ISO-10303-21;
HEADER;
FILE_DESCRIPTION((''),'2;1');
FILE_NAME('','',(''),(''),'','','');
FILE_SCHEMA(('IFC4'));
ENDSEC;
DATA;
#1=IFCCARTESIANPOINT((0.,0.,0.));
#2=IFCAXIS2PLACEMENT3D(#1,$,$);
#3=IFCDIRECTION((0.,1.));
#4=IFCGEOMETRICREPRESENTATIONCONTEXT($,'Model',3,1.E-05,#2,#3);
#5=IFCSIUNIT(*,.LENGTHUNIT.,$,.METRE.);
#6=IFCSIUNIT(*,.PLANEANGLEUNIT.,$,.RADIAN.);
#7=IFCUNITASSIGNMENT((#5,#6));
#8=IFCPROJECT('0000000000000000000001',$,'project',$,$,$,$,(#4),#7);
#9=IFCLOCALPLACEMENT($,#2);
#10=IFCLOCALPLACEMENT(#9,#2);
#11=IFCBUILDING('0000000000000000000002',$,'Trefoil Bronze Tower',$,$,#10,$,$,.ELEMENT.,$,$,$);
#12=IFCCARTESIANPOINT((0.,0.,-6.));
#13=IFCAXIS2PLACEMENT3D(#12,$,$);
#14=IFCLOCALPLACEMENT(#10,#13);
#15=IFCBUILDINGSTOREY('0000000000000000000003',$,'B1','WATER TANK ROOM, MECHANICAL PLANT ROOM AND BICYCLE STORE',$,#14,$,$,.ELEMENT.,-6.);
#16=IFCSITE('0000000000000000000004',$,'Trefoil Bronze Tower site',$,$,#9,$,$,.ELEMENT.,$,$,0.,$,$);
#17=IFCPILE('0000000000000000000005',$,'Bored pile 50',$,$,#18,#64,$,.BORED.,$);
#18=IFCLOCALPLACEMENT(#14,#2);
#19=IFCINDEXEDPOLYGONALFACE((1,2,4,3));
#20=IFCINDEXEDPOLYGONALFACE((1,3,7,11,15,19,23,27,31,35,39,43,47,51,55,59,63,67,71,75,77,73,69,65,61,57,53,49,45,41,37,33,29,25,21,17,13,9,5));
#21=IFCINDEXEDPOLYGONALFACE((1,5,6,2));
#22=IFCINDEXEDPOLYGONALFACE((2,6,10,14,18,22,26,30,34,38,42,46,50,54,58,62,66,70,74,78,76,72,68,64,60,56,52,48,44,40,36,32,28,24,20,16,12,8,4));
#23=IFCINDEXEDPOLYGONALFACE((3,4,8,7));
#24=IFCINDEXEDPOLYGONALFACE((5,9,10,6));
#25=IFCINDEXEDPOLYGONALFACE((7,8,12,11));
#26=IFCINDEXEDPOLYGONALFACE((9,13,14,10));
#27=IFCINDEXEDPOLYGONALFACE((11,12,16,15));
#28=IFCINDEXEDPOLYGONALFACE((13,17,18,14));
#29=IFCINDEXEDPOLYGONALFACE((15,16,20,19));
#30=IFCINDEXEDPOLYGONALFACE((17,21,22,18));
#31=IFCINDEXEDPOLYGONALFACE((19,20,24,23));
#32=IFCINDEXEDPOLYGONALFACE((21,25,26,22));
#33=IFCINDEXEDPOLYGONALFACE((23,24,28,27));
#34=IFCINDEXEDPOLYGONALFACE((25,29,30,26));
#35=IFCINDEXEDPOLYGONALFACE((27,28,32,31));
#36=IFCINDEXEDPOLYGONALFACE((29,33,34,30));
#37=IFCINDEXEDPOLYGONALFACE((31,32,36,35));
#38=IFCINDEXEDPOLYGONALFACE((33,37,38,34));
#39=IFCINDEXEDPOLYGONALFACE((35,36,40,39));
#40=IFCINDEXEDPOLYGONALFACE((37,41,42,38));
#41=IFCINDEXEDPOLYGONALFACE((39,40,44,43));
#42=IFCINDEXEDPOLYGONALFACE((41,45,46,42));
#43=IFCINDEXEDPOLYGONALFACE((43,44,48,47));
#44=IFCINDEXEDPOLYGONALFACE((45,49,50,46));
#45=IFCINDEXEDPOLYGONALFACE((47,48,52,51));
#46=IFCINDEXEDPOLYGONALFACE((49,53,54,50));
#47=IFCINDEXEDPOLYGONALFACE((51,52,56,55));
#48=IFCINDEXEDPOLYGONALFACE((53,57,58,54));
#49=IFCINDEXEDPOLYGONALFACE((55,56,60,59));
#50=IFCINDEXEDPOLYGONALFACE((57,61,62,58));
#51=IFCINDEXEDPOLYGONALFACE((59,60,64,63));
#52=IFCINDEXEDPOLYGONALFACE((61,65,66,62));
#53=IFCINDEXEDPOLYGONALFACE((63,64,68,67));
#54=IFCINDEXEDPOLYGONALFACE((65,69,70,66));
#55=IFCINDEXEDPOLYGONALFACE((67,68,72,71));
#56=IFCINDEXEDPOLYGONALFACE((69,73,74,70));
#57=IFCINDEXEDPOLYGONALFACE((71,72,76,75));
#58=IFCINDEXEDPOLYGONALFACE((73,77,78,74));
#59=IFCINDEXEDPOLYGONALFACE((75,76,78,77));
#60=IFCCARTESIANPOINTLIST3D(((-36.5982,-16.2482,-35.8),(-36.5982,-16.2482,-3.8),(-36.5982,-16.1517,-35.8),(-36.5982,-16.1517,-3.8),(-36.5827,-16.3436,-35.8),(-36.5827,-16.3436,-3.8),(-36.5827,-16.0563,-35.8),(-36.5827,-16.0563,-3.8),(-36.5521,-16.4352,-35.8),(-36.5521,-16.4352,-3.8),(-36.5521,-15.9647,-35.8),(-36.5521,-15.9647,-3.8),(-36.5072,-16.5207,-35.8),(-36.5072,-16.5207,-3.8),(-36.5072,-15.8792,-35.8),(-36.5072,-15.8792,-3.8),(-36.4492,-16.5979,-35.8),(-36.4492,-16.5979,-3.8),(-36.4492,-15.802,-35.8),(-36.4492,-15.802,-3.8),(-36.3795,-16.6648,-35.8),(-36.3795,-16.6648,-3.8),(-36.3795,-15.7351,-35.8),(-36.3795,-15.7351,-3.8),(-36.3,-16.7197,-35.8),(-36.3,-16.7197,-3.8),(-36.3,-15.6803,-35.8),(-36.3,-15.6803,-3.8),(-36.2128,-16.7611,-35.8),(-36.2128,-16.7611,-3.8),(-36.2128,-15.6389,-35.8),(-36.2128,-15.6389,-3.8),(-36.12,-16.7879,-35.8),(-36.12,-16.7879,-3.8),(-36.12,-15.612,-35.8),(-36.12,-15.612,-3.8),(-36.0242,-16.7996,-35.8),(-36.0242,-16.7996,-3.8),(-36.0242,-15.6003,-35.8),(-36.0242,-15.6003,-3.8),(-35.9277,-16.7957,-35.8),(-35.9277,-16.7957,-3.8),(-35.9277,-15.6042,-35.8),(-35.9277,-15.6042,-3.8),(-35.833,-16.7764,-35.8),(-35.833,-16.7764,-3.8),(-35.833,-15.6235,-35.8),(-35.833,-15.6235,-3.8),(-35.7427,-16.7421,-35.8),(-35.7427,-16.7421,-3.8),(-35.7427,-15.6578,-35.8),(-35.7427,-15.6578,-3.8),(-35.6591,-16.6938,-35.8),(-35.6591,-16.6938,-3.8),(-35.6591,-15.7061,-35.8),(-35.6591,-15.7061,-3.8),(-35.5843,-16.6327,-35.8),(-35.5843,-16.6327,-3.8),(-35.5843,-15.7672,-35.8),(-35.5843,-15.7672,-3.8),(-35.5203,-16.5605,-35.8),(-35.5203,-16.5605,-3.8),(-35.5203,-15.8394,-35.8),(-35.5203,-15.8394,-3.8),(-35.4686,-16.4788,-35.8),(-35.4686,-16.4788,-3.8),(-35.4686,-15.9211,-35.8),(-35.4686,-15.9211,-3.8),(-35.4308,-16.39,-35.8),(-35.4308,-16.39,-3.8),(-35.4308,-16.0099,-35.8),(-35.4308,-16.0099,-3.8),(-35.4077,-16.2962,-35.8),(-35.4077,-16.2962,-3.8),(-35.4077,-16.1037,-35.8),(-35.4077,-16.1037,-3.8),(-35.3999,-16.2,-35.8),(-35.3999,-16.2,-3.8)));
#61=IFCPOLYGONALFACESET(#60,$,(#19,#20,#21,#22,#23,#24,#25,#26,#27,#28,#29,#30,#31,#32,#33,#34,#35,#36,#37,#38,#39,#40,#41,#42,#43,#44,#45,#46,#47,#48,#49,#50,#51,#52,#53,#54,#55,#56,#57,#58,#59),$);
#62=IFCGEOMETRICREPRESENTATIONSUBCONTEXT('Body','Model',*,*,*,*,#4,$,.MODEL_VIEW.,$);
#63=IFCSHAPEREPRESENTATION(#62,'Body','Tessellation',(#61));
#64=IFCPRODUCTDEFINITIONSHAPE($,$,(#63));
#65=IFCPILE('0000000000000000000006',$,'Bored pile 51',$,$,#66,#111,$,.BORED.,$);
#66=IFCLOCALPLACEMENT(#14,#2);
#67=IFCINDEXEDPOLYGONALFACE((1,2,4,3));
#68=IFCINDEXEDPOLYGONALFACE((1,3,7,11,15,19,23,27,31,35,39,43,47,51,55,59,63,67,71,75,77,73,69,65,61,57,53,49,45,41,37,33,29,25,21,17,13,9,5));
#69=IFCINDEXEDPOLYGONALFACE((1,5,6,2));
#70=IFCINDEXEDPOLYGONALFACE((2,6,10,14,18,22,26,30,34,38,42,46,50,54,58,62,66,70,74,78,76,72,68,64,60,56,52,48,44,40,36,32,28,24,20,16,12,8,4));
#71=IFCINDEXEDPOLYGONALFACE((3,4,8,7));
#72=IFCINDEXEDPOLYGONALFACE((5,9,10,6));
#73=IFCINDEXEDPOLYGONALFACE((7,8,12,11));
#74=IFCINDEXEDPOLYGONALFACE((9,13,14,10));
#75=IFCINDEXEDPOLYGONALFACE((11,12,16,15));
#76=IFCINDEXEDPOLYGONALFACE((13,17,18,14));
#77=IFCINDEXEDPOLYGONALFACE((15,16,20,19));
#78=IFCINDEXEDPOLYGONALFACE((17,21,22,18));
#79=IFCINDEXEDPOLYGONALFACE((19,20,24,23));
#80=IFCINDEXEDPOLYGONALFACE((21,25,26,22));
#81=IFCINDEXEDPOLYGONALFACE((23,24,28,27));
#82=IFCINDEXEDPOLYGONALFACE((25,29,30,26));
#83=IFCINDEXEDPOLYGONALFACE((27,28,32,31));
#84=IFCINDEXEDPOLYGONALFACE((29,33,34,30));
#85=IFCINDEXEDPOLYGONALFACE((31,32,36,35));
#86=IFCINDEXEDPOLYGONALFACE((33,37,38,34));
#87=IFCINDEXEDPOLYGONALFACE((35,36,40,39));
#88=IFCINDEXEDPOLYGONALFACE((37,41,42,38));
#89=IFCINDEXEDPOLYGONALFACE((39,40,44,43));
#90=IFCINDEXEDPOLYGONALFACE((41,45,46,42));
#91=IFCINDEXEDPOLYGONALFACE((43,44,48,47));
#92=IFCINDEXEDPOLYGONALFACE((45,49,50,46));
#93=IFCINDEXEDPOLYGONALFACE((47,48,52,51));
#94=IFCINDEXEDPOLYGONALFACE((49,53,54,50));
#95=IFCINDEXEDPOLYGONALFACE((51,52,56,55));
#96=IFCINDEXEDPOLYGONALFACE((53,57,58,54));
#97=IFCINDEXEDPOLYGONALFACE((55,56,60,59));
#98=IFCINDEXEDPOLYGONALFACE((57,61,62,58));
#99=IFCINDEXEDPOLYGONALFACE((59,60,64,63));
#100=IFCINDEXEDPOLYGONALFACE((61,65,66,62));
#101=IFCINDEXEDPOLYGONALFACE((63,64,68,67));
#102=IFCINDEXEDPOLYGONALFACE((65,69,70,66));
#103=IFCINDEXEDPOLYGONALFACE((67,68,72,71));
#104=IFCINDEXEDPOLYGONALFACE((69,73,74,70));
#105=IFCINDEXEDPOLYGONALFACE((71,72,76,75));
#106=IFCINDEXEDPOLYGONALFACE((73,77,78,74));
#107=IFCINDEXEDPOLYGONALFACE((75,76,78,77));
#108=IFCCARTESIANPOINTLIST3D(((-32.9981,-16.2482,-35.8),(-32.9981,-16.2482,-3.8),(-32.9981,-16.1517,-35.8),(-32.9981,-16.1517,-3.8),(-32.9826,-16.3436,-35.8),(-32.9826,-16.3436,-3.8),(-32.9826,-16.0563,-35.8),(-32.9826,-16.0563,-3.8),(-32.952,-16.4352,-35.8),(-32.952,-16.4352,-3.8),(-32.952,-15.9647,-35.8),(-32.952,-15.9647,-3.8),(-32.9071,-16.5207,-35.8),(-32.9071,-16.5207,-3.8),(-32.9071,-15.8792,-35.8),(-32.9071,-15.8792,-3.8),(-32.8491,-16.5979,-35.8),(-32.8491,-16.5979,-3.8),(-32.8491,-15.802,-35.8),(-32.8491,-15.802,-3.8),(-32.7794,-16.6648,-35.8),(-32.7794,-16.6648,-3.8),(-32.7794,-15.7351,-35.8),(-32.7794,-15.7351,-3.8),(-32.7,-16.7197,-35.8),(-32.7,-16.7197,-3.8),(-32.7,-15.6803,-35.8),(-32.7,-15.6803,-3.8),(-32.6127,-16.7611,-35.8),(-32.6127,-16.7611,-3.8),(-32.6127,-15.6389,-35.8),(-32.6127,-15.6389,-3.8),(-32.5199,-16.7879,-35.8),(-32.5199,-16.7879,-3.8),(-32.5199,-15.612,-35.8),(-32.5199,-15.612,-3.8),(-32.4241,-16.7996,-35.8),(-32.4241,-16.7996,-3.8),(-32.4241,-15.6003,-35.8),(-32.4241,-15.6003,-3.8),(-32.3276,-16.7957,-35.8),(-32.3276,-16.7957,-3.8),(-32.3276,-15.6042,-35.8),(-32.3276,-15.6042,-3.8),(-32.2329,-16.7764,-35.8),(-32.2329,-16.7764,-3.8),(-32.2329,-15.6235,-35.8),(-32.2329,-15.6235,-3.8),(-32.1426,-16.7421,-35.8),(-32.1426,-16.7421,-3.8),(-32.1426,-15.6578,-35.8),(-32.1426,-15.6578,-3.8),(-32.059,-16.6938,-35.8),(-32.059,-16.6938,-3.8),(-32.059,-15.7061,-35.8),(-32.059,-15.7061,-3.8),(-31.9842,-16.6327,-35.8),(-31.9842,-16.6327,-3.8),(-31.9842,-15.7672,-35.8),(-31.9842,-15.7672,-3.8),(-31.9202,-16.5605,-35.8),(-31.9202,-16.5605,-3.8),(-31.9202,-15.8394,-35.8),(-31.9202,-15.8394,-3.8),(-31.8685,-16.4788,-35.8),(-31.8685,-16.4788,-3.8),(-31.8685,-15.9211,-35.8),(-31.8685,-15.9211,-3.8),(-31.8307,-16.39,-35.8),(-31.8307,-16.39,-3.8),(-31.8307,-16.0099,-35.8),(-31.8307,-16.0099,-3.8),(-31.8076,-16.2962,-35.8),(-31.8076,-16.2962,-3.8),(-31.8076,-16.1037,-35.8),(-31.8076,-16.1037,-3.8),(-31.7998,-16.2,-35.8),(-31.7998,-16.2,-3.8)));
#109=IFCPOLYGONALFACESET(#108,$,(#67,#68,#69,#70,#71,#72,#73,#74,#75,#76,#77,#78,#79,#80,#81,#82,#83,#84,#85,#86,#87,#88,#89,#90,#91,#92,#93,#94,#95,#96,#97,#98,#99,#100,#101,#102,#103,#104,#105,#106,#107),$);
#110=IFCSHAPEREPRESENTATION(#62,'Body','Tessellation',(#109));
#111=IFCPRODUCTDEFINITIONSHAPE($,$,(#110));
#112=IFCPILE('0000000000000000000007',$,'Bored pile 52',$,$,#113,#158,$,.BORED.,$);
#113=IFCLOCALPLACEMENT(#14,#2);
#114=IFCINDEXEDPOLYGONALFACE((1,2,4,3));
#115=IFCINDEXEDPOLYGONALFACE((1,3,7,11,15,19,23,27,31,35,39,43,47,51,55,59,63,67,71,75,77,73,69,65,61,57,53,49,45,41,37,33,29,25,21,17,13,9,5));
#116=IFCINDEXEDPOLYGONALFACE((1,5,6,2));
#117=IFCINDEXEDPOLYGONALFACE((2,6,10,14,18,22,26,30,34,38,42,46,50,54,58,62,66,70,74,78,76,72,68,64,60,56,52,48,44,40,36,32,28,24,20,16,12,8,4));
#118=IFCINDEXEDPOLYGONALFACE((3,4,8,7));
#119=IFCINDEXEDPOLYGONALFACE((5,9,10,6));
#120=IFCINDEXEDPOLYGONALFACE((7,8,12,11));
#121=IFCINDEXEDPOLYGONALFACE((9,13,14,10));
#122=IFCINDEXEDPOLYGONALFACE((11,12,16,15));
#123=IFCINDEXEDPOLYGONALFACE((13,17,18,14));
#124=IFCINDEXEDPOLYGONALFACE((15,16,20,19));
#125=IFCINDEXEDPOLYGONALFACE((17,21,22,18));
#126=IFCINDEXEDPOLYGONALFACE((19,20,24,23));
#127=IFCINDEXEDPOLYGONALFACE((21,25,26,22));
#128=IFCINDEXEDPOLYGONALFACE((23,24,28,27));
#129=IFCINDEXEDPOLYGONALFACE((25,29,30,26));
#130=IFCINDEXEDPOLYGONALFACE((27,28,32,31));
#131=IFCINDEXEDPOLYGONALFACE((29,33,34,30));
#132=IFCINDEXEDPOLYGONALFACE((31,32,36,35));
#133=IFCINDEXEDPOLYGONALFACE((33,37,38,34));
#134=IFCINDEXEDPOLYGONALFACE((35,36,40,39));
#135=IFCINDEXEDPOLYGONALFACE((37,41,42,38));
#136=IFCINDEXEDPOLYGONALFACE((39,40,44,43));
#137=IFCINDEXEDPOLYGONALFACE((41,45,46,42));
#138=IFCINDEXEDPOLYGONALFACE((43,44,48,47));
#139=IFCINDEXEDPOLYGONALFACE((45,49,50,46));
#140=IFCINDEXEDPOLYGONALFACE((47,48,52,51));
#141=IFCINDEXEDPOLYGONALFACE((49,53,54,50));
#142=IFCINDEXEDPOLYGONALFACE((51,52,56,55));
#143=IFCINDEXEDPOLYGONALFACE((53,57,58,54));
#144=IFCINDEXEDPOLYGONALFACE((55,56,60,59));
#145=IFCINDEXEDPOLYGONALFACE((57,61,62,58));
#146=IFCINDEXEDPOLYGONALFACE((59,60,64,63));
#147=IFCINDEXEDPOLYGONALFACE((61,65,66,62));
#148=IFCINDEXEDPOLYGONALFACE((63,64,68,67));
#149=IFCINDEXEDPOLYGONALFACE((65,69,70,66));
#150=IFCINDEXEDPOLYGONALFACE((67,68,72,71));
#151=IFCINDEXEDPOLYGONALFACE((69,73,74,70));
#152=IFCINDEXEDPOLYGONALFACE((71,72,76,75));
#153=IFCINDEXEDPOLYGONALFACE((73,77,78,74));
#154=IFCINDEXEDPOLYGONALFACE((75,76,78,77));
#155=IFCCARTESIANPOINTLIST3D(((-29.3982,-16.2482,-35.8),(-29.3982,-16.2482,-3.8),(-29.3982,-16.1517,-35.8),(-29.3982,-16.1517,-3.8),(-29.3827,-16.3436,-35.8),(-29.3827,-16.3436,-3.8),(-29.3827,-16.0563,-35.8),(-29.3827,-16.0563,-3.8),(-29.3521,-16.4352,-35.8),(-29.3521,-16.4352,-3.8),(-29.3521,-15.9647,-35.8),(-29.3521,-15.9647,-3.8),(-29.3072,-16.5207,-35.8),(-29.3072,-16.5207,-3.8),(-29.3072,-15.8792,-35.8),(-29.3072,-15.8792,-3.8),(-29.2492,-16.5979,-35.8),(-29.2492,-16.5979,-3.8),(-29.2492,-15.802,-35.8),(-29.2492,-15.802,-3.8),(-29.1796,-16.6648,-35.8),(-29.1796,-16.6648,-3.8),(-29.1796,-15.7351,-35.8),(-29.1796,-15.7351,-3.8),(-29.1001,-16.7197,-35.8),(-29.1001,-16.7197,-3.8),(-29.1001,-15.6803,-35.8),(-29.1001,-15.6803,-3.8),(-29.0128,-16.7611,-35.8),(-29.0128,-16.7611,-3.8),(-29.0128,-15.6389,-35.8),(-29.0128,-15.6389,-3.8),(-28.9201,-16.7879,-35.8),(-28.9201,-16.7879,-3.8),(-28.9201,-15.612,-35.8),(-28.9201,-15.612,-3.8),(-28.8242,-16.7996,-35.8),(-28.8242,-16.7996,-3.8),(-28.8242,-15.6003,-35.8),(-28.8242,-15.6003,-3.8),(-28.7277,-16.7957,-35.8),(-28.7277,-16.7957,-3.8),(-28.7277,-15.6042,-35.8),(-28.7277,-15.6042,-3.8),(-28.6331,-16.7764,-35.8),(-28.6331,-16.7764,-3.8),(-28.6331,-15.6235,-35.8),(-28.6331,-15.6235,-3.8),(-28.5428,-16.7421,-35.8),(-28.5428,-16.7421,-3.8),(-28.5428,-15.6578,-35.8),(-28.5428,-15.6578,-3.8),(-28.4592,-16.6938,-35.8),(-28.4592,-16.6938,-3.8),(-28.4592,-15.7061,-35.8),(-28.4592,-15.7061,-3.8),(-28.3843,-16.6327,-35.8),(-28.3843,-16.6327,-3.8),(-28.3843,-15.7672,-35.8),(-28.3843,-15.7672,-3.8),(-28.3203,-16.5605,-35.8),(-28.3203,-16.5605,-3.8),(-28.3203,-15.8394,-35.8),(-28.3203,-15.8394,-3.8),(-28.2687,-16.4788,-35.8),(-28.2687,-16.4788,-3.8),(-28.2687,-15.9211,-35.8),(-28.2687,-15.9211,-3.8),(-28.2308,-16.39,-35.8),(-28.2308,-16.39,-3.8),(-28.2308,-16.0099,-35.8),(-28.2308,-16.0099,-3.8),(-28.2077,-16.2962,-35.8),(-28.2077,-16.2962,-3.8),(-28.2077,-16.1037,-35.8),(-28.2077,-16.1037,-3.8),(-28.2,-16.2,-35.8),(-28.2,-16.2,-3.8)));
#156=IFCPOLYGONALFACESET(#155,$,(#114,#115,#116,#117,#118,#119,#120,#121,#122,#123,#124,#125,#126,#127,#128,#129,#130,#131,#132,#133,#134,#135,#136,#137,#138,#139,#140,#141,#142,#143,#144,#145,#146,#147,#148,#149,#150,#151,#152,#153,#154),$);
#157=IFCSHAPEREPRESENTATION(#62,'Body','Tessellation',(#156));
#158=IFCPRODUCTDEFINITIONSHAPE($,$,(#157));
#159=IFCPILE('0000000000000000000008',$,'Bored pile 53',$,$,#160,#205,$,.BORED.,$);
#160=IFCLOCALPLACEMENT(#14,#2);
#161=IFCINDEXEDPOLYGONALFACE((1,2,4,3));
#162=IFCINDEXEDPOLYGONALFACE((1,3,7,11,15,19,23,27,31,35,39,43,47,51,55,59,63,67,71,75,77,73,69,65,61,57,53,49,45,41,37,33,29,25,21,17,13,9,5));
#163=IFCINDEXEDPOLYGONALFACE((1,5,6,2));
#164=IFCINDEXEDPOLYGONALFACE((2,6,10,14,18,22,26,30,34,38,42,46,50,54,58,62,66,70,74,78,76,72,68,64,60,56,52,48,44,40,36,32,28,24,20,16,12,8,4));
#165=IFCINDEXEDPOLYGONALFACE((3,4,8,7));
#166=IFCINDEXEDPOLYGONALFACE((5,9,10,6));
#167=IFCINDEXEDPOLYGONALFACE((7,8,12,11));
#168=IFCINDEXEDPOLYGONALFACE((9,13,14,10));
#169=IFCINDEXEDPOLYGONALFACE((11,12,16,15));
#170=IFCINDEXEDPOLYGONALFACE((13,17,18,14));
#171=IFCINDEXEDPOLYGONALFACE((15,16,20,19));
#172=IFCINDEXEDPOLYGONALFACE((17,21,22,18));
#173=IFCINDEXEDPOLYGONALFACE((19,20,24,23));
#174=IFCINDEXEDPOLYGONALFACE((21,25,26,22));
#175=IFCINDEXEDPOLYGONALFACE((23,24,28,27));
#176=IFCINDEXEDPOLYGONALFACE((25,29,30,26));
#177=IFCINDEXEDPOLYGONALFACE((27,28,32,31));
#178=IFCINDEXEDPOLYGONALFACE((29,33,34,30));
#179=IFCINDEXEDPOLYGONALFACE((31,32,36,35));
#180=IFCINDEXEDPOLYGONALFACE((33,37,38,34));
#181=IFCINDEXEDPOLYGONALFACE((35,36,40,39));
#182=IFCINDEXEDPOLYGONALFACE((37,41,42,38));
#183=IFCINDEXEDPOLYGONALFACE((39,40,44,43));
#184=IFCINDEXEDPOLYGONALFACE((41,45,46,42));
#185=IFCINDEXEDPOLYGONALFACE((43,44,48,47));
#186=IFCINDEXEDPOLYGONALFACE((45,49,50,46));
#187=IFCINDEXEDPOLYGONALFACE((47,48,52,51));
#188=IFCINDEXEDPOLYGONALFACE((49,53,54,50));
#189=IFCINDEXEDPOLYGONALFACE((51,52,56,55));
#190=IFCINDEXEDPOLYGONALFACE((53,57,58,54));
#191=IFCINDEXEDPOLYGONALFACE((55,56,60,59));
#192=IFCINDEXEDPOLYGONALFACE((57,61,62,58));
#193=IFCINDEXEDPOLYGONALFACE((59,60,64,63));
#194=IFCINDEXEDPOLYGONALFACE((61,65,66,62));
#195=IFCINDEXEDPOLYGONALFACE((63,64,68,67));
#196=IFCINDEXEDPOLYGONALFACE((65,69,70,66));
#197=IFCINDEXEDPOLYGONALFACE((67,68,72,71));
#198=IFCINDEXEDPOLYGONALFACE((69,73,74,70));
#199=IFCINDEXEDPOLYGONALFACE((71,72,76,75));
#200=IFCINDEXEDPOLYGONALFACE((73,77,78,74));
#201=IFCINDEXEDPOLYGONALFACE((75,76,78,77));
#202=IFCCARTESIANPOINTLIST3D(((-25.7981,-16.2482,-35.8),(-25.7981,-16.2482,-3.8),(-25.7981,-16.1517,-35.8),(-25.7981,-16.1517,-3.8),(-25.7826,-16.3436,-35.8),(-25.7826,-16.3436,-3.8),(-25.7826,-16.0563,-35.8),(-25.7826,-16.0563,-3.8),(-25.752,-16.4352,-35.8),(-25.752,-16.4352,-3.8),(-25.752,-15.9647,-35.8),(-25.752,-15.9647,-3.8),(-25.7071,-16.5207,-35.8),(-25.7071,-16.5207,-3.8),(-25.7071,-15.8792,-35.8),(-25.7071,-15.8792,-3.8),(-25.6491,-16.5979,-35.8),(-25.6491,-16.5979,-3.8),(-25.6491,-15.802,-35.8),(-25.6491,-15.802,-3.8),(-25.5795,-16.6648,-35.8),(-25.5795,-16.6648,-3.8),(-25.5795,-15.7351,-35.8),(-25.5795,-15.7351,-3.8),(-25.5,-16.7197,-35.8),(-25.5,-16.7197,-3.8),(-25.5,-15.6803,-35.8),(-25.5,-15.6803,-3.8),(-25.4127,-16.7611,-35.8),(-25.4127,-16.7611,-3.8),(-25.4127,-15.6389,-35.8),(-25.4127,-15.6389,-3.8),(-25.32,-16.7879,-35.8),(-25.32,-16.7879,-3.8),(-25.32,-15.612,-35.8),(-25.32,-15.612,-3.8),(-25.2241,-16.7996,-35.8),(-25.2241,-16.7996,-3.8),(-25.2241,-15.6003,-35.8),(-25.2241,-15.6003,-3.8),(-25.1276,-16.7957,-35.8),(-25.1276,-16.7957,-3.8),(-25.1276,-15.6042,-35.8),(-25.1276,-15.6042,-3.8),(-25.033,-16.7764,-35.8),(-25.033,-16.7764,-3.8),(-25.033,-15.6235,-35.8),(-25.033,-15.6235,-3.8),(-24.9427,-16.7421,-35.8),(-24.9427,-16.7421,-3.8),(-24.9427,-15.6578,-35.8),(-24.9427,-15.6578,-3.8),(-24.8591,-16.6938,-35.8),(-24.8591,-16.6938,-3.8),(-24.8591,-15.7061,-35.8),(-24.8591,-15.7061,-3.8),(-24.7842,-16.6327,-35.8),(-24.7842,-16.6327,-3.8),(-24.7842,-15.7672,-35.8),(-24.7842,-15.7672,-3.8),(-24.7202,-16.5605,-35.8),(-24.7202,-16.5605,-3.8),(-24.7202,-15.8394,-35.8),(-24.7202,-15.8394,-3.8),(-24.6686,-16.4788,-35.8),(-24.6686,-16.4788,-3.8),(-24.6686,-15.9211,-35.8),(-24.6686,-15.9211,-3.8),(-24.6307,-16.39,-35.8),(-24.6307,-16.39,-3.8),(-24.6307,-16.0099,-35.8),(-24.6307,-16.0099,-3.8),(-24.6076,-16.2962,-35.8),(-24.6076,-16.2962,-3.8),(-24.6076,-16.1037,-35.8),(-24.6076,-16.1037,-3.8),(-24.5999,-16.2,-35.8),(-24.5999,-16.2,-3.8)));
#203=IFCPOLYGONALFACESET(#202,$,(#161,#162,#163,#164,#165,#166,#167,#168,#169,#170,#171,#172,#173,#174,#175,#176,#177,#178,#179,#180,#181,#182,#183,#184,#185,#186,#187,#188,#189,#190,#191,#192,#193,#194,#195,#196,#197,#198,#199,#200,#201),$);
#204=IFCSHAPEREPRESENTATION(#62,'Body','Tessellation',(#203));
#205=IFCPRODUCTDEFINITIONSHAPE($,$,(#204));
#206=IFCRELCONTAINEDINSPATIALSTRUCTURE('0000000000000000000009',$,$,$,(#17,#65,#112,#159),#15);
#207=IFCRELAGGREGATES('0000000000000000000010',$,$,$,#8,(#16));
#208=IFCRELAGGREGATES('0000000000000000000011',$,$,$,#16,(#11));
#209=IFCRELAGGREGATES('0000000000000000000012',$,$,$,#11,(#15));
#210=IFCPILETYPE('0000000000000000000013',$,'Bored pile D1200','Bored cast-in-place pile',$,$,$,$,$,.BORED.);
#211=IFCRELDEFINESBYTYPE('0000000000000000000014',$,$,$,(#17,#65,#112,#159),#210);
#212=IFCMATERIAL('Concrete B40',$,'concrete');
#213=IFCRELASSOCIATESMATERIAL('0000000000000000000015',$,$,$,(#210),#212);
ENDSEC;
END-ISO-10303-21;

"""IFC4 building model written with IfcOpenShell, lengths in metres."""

from ifc_helpers import new_model, si_unit, direction, frame, origin, origin_2d, place, context, subcontext, project, spatial, circle, extrude, material, type_object, element, save


model = new_model("IFC4")

# Units and contexts
model_context = context("Model", 3, precision=1e-05, world=origin(), true_north=direction((0.0, 1.0)))
body_context = subcontext(model_context, "Body", "Model", "MODEL_VIEW")
ifc_project = project(units=[si_unit("LENGTHUNIT", "METRE"), si_unit("PLANEANGLEUNIT", "RADIAN")], contexts=[model_context])

# Site, building, storey
site_placement = place(None, origin())
site = spatial("IfcSite", under=ifc_project, at=site_placement, Name="Trefoil Bronze Tower site", CompositionType="ELEMENT", RefElevation=0.0)
building_placement = place(site_placement, origin())
building = spatial("IfcBuilding", under=site, at=building_placement, Name="Trefoil Bronze Tower", CompositionType="ELEMENT")
storey_placement = place(building_placement, frame((0.0, 0.0, -6.0)))
storey = spatial("IfcBuildingStorey", under=building, at=storey_placement, Name="B1", Description="WATER TANK ROOM, MECHANICAL PLANT ROOM AND BICYCLE STORE", CompositionType="ELEMENT", Elevation=-6.0)

# Piles
ifc_material_1 = material(Name="Concrete B40", Category="concrete")
pile_type = type_object("IfcPileType", Name="Bored pile D1200", Description="Bored cast-in-place pile", PredefinedType="BORED", material=ifc_material_1)
for number, where, z_axis, x_axis, name in (
    (1, (-36.0, -16.2, -3.8), (0.0, 0.0, -1.0), (1.0, 0.0, 0.0), "Bored pile 50"),
    (2, (-32.3999, -16.2, -3.8), (0.0, 0.0, -1.0), (1.0, 0.0, 0.0), "Bored pile 51"),
    (3, (-28.8, -16.2, -3.8), (0.0, 0.0, -1.0), (1.0, 0.0, 0.0), "Bored pile 52"),
    (4, (-25.2, -16.2, -3.8), (0.0, 0.0, -1.0), (1.0, 0.0, 0.0), "Bored pile 53"),
):
    element("IfcPile", number, at=place(storey_placement, frame(where, z_axis=z_axis, x_axis=x_axis)), inside=storey, type_object=pile_type, Name=name, PredefinedType="BORED", context=body_context, shape_type="SweptSolid", body=[
        extrude(circle(Radius=0.6001, at=origin_2d()), origin(), (0.0, 0.0, 1.0), 32.0),
    ])

save(model, "model.ifc")
